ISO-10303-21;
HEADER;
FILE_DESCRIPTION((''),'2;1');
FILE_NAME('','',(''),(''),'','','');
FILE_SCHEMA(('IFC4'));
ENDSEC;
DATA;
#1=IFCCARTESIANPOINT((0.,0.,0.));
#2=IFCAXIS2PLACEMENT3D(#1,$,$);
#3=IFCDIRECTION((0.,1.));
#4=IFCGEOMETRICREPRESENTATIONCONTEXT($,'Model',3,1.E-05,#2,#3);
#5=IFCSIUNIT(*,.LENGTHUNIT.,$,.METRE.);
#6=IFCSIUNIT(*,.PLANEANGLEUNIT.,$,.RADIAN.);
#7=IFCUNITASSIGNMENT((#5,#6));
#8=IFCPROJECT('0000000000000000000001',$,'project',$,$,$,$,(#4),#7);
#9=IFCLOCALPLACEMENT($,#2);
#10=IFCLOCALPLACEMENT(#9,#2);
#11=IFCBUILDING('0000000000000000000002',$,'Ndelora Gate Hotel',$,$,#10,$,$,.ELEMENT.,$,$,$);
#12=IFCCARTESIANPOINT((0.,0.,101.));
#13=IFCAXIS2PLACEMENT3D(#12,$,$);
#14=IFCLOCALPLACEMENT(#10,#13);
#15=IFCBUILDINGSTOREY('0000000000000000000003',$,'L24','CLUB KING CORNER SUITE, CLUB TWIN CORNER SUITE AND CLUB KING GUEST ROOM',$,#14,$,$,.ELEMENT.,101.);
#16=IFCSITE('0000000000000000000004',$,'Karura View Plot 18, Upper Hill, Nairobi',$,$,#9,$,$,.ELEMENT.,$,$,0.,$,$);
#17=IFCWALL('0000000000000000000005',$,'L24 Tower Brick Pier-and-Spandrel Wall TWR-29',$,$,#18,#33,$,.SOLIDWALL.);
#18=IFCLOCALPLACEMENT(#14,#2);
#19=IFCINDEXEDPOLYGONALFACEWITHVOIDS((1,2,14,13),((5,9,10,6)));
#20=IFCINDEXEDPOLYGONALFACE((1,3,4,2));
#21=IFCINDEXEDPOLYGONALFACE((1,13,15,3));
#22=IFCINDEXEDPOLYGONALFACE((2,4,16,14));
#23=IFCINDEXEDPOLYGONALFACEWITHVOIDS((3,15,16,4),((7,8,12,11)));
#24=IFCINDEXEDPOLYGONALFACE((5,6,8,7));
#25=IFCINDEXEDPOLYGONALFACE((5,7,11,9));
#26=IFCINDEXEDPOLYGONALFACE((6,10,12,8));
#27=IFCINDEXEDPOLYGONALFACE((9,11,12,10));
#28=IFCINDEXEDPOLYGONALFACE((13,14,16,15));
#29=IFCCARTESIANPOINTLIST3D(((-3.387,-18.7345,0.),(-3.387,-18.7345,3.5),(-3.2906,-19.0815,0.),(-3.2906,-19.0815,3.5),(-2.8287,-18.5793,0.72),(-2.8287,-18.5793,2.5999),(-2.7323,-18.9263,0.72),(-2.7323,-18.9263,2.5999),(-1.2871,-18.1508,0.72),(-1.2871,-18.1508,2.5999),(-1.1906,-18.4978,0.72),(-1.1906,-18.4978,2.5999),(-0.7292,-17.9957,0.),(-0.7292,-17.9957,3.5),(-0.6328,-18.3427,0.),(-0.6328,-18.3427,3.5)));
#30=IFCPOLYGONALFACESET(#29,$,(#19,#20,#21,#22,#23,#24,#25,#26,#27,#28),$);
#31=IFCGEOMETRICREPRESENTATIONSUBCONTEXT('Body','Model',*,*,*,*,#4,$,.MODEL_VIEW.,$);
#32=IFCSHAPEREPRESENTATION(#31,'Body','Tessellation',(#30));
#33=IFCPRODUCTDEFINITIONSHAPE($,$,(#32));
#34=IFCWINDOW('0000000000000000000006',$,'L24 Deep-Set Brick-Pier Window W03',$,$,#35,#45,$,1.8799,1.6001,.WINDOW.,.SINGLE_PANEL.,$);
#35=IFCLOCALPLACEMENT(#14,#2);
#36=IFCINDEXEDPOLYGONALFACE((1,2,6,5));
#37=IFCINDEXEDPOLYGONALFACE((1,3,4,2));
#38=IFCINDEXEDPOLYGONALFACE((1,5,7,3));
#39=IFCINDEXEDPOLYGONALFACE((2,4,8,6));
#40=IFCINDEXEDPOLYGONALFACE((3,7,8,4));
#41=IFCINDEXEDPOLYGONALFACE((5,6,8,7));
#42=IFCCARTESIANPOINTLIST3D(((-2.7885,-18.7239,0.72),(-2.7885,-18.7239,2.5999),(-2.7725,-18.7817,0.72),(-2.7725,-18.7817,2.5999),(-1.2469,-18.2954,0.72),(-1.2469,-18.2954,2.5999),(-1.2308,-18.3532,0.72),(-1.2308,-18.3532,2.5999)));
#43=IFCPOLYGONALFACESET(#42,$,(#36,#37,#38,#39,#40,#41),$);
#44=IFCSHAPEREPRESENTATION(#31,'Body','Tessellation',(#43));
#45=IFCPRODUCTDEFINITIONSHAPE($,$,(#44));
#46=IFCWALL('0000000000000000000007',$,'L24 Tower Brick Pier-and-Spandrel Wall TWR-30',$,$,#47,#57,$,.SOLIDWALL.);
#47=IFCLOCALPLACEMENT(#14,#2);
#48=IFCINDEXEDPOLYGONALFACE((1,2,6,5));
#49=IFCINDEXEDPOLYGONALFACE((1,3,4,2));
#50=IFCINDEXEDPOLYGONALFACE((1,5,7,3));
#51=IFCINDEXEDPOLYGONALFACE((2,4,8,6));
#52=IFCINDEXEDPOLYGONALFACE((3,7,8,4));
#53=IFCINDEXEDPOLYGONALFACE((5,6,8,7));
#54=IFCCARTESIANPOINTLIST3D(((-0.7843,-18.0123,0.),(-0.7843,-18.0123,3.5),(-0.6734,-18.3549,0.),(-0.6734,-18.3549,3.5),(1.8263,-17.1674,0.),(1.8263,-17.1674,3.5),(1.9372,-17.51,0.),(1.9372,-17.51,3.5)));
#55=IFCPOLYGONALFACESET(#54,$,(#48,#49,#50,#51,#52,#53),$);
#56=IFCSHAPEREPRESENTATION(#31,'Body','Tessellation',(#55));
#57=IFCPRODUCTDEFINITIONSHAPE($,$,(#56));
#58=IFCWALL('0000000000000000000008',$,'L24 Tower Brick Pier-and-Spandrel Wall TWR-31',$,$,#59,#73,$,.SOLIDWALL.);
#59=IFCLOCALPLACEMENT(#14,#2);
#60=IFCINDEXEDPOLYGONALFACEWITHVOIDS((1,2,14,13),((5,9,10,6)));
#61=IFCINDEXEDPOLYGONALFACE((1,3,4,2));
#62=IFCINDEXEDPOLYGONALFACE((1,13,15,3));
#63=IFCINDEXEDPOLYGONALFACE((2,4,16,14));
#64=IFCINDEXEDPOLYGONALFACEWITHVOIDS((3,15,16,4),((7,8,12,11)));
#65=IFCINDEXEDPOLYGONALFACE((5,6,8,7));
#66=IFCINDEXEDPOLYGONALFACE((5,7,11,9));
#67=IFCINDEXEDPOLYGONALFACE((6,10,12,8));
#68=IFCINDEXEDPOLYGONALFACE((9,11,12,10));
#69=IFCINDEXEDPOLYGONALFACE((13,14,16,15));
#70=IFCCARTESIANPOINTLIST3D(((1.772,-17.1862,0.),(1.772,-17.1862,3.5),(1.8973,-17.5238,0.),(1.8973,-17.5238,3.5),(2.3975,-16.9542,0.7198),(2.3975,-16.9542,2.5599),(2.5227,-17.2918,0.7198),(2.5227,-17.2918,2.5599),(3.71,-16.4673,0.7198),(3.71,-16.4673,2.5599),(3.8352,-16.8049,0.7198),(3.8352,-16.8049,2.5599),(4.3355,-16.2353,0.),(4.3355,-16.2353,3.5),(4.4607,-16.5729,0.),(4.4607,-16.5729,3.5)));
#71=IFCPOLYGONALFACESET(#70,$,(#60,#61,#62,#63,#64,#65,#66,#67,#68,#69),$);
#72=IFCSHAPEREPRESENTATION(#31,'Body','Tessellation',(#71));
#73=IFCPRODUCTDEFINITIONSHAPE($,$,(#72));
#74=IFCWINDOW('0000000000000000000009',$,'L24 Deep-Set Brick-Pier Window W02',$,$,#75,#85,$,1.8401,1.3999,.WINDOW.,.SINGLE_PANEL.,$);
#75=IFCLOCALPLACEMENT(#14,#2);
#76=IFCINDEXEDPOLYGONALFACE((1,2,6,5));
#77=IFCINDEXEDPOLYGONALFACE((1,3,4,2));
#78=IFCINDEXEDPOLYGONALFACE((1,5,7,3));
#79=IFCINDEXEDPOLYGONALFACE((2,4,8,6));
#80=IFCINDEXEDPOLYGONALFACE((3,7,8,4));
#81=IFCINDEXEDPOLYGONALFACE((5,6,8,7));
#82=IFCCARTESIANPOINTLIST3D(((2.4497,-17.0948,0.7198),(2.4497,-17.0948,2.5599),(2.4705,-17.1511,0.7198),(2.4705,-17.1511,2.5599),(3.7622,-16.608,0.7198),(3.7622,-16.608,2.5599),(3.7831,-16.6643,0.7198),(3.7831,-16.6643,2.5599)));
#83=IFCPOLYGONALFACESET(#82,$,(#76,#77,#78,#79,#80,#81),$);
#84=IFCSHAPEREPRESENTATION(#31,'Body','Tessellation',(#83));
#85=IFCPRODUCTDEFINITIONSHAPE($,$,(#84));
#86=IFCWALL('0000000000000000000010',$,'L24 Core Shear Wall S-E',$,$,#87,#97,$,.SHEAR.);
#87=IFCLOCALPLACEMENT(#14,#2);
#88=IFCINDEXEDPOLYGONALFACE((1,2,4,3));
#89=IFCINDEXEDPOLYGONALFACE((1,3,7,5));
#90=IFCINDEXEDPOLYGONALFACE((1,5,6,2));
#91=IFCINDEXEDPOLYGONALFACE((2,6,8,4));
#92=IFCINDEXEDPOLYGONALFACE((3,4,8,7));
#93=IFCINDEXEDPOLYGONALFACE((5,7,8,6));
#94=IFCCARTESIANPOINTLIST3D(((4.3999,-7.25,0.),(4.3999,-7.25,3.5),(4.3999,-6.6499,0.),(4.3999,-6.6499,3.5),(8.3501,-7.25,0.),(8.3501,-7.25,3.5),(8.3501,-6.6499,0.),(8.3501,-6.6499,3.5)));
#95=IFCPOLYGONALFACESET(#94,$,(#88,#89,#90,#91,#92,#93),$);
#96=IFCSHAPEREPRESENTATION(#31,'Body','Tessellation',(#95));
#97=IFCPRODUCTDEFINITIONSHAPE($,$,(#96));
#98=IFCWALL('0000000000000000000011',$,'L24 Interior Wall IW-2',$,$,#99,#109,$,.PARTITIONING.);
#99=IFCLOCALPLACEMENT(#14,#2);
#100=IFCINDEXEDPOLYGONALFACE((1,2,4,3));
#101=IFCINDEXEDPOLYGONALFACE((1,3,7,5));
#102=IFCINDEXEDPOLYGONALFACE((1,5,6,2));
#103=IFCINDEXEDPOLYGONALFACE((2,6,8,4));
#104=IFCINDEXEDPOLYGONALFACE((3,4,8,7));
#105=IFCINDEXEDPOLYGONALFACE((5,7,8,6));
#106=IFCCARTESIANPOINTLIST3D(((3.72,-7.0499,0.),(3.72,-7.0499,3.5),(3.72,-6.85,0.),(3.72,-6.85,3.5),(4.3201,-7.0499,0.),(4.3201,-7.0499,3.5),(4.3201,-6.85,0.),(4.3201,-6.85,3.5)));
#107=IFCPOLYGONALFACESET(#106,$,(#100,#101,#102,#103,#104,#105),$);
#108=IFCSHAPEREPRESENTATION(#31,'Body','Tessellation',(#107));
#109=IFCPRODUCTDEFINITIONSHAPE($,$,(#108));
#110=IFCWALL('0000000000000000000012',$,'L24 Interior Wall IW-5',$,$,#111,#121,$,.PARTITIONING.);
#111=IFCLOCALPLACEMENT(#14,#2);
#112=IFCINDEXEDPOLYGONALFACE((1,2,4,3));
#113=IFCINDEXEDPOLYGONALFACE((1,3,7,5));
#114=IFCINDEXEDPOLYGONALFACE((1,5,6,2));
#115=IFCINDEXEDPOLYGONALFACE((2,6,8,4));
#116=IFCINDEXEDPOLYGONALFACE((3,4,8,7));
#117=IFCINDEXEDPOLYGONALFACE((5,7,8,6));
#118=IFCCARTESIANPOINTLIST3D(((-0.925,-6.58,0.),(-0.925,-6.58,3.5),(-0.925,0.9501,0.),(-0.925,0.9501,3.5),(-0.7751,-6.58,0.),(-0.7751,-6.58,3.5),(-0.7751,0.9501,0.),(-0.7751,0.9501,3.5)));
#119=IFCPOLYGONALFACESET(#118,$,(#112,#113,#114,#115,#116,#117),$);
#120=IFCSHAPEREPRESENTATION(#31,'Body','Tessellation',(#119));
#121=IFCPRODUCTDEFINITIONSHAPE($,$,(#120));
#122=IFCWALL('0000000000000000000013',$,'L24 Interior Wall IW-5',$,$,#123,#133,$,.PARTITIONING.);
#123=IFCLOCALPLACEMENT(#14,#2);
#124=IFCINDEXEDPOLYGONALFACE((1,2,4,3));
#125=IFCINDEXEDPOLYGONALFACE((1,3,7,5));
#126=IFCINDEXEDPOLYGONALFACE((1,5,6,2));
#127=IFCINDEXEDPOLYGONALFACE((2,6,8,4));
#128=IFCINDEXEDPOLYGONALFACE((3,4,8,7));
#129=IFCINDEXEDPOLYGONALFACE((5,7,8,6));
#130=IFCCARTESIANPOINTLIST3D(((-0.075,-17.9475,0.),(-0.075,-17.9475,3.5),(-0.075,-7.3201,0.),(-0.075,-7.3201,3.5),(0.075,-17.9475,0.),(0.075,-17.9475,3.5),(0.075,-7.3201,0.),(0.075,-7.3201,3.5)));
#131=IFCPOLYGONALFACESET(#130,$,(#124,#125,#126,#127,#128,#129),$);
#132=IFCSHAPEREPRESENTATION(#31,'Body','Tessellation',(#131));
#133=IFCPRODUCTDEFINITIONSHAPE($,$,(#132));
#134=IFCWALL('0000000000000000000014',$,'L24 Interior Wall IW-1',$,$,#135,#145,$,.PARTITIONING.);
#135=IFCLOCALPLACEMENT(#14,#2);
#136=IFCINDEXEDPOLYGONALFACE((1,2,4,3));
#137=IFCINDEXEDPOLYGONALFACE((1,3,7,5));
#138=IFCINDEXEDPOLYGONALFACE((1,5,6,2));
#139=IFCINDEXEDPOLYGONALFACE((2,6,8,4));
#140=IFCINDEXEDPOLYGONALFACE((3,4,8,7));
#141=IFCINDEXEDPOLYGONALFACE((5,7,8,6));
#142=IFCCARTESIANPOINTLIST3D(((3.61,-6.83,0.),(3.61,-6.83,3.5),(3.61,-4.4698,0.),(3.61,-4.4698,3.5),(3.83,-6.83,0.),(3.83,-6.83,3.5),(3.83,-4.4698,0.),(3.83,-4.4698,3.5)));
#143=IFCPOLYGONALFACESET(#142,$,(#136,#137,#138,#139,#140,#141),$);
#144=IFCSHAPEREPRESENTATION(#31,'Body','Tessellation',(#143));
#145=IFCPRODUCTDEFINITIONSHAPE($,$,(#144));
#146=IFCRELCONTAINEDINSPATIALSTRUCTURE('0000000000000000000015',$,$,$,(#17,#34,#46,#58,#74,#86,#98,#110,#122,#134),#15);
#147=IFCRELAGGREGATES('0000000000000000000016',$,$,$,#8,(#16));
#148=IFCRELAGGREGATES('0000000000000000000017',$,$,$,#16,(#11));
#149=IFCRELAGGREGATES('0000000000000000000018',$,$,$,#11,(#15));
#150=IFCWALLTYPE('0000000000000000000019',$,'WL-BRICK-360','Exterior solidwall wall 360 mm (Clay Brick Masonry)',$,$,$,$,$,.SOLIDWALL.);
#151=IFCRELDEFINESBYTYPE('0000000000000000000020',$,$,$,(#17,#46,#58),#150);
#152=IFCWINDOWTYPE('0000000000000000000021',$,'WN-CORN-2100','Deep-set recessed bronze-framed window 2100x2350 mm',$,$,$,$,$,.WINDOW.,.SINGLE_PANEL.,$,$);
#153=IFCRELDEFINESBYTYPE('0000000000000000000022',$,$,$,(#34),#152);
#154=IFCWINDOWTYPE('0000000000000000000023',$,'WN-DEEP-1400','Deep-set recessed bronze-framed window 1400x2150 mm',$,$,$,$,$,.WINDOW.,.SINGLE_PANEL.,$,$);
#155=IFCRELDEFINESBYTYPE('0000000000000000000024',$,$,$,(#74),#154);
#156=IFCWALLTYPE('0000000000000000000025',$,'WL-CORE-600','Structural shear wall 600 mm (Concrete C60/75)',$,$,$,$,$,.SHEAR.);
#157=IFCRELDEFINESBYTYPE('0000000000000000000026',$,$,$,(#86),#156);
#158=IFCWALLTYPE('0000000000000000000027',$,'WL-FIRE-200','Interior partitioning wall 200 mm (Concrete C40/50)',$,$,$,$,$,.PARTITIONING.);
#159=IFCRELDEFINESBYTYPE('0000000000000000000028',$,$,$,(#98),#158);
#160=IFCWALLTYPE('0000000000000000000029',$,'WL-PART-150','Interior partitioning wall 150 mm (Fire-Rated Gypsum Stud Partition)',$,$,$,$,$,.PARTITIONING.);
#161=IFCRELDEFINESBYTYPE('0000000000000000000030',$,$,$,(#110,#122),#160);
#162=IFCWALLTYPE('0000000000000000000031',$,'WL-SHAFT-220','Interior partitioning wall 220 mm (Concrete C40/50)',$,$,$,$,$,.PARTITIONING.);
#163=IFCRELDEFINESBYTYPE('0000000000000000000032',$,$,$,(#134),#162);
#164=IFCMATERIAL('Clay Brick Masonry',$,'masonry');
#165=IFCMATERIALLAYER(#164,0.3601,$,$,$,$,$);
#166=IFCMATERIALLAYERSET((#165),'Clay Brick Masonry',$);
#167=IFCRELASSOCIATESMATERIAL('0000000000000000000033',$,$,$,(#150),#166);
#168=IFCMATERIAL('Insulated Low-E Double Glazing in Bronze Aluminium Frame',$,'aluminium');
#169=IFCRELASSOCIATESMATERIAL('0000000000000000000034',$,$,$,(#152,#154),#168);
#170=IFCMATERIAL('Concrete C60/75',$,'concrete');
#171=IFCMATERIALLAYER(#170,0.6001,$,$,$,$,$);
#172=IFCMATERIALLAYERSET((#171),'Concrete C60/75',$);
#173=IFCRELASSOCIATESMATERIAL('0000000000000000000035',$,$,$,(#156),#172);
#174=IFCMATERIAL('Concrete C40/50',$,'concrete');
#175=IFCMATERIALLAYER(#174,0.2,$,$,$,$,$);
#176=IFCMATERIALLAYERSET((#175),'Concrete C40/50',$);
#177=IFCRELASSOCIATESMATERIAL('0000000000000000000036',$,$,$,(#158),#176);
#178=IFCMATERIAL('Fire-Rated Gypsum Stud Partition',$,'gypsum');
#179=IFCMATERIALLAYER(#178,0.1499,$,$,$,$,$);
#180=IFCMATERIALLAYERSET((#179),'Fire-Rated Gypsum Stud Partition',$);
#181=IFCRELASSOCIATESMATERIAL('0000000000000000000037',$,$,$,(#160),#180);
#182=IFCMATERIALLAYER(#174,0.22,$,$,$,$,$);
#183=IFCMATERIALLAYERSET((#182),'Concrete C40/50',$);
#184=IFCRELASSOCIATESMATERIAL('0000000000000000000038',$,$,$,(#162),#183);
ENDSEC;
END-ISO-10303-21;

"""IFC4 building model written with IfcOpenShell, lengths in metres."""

from ifc_helpers import new_model, si_unit, direction, frame, frame_2d, origin, place, context, subcontext, project, spatial, rectangle, extrude, material, layer, layer_set, type_object, element, fill, save


model = new_model("IFC4")

# Units and contexts
model_context = context("Model", 3, precision=1e-05, world=origin(), true_north=direction((0.0, 1.0)))
body_context = subcontext(model_context, "Body", "Model", "MODEL_VIEW")
ifc_project = project(units=[si_unit("LENGTHUNIT", "METRE"), si_unit("PLANEANGLEUNIT", "RADIAN")], contexts=[model_context])

# Site, building, storey
site_placement = place(None, origin())
site = spatial("IfcSite", under=ifc_project, at=site_placement, Name="Karura View Plot 18, Upper Hill, Nairobi", CompositionType="ELEMENT", RefElevation=0.0)
building_placement = place(site_placement, origin())
building = spatial("IfcBuilding", under=site, at=building_placement, Name="Ndelora Gate Hotel", CompositionType="ELEMENT")
storey_placement = place(building_placement, frame((0.0, 0.0, 101.0)))
storey = spatial("IfcBuildingStorey", under=building, at=storey_placement, Name="L24", Description="CLUB KING CORNER SUITE, CLUB TWIN CORNER SUITE AND CLUB KING GUEST ROOM", CompositionType="ELEMENT", Elevation=101.0)

# Shared definitions
ifc_material_1 = material(Name="Concrete C60/75", Category="concrete")

# Wall, opening, window
ifc_material_2 = material(Name="Clay Brick Masonry", Category="masonry")
ifc_layer_1 = layer(ifc_material_2, 0.3601)
ifc_layer_set_1 = layer_set([ifc_layer_1], Name="Clay Brick Masonry")
wall_type_1 = type_object("IfcWallType", Name="WL-BRICK-360", Description="Exterior solidwall wall 360 mm (Clay Brick Masonry)", PredefinedType="SOLIDWALL", material=ifc_layer_set_1)
ifc_material_3 = material(Name="Insulated Low-E Double Glazing in Bronze Aluminium Frame", Category="aluminium")
wall_1_placement = place(storey_placement, frame((-0.6809, -18.1692, 0.0), z_axis=(0.0, 0.0, 1.0), x_axis=(-0.96347, -0.267817, 0.0)))
wall_1 = element("IfcWall", 1, at=wall_1_placement, inside=storey, type_object=wall_type_1, Name="L24 Tower Brick Pier-and-Spandrel Wall TWR-29", PredefinedType="SOLIDWALL", context=body_context, shape_type="SweptSolid", body=[
    extrude(rectangle(XDim=2.7585, YDim=0.3601, at=frame_2d((1.3794, 0.0))), origin(), (0.0, 0.0, 1.0), 3.5),
])
opening_1_placement = place(wall_1_placement, frame((0.5791, 0.0, 0.72)))
opening_1 = element("IfcOpeningElement", 2, at=opening_1_placement, cuts=wall_1, PredefinedType="OPENING", context=body_context, shape_type="SweptSolid", body=[
    extrude(rectangle(XDim=1.6001, YDim=1.8799, at=frame_2d((0.8, 0.9399))), frame((0.0, 0.1899, 0.0), z_axis=(0.0, -1.0, 0.0), x_axis=(1.0, 0.0, 0.0)), (0.0, 0.0, 1.0), 0.3801),
])
window_type_1 = type_object("IfcWindowType", Name="WN-CORN-2100", Description="Deep-set recessed bronze-framed window 2100x2350 mm", PartitioningType="SINGLE_PANEL", PredefinedType="WINDOW", material=ifc_material_3)
window_1_placement = place(opening_1_placement, origin())
window_1 = element("IfcWindow", 3, at=window_1_placement, inside=storey, type_object=window_type_1, Name="L24 Deep-Set Brick-Pier Window W03", OverallHeight=1.8799, OverallWidth=1.6001, PartitioningType="SINGLE_PANEL", PredefinedType="WINDOW", context=body_context, shape_type="SweptSolid", body=[
    extrude(rectangle(XDim=1.6001, YDim=1.8799, at=frame_2d((0.8, 0.9399))), frame((0.0, 0.03, 0.0), z_axis=(0.0, -1.0, 0.0), x_axis=(1.0, 0.0, 0.0)), (0.0, 0.0, 1.0), 0.0601),
])
fill(opening_1, window_1)

# Wall
wall_2_placement = place(storey_placement, frame((1.8818, -17.3386, 0.0), z_axis=(0.0, 0.0, 1.0), x_axis=(-0.951405, -0.307941, 0.0)))
element("IfcWall", 4, at=wall_2_placement, inside=storey, type_object=wall_type_1, Name="L24 Tower Brick Pier-and-Spandrel Wall TWR-30", PredefinedType="SOLIDWALL", context=body_context, shape_type="SweptSolid", body=[
    extrude(rectangle(XDim=2.7439, YDim=0.3601, at=frame_2d((1.3721, 0.0))), origin(), (0.0, 0.0, 1.0), 3.5),
])

# Wall, opening, window
wall_3_placement = place(storey_placement, frame((4.3982, -16.4041, 0.0), z_axis=(0.0, 0.0, 1.0), x_axis=(-0.937571, -0.347794, 0.0)))
wall_3 = element("IfcWall", 5, at=wall_3_placement, inside=storey, type_object=wall_type_1, Name="L24 Tower Brick Pier-and-Spandrel Wall TWR-31", PredefinedType="SOLIDWALL", context=body_context, shape_type="SweptSolid", body=[
    extrude(rectangle(XDim=2.7341, YDim=0.3601, at=frame_2d((1.3672, 0.0))), origin(), (0.0, 0.0, 1.0), 3.5),
])
opening_2_placement = place(wall_3_placement, frame((0.6672, 0.0, 0.72)))
opening_2 = element("IfcOpeningElement", 6, at=opening_2_placement, cuts=wall_3, PredefinedType="OPENING", context=body_context, shape_type="SweptSolid", body=[
    extrude(rectangle(XDim=1.3999, YDim=1.8401, at=frame_2d((0.7, 0.9199))), frame((0.0, 0.1899, 0.0), z_axis=(0.0, -1.0, 0.0), x_axis=(1.0, 0.0, 0.0)), (0.0, 0.0, 1.0), 0.3801),
])
window_type_2 = type_object("IfcWindowType", Name="WN-DEEP-1400", Description="Deep-set recessed bronze-framed window 1400x2150 mm", PartitioningType="SINGLE_PANEL", PredefinedType="WINDOW", material=ifc_material_3)
window_2_placement = place(opening_2_placement, origin())
window_2 = element("IfcWindow", 7, at=window_2_placement, inside=storey, type_object=window_type_2, Name="L24 Deep-Set Brick-Pier Window W02", OverallHeight=1.8401, OverallWidth=1.3999, PartitioningType="SINGLE_PANEL", PredefinedType="WINDOW", context=body_context, shape_type="SweptSolid", body=[
    extrude(rectangle(XDim=1.3999, YDim=1.8401, at=frame_2d((0.7, 0.9199))), frame((0.0, 0.03, 0.0), z_axis=(0.0, -1.0, 0.0), x_axis=(1.0, 0.0, 0.0)), (0.0, 0.0, 1.0), 0.0601),
])
fill(opening_2, window_2)

# Walls
ifc_layer_2 = layer(ifc_material_1, 0.6001)
ifc_layer_set_2 = layer_set([ifc_layer_2], Name="Concrete C60/75")
wall_type_2 = type_object("IfcWallType", Name="WL-CORE-600", Description="Structural shear wall 600 mm (Concrete C60/75)", PredefinedType="SHEAR", material=ifc_layer_set_2)
wall_4_placement = place(storey_placement, frame((4.3999, -6.95, 0.0), z_axis=(0.0, 0.0, 1.0), x_axis=(1.0, 0.0, 0.0)))
element("IfcWall", 8, at=wall_4_placement, inside=storey, type_object=wall_type_2, Name="L24 Core Shear Wall S-E", PredefinedType="SHEAR", context=body_context, shape_type="SweptSolid", body=[
    extrude(rectangle(XDim=3.9502, YDim=0.6001, at=frame_2d((1.9751, 0.0))), origin(), (0.0, 0.0, 1.0), 3.5),
])
ifc_material_4 = material(Name="Concrete C40/50", Category="concrete")
ifc_layer_3 = layer(ifc_material_4, 0.2)
ifc_layer_set_3 = layer_set([ifc_layer_3], Name="Concrete C40/50")
wall_type_3 = type_object("IfcWallType", Name="WL-FIRE-200", Description="Interior partitioning wall 200 mm (Concrete C40/50)", PredefinedType="PARTITIONING", material=ifc_layer_set_3)
wall_5_placement = place(storey_placement, frame((3.72, -6.95, 0.0), z_axis=(0.0, 0.0, 1.0), x_axis=(1.0, 0.0, 0.0)))
element("IfcWall", 9, at=wall_5_placement, inside=storey, type_object=wall_type_3, Name="L24 Interior Wall IW-2", PredefinedType="PARTITIONING", context=body_context, shape_type="SweptSolid", body=[
    extrude(rectangle(XDim=0.6001, YDim=0.2, at=frame_2d((0.3, 0.0))), origin(), (0.0, 0.0, 1.0), 3.5),
])
ifc_material_5 = material(Name="Fire-Rated Gypsum Stud Partition", Category="gypsum")
ifc_layer_4 = layer(ifc_material_5, 0.1499)
ifc_layer_set_4 = layer_set([ifc_layer_4], Name="Fire-Rated Gypsum Stud Partition")
wall_type_4 = type_object("IfcWallType", Name="WL-PART-150", Description="Interior partitioning wall 150 mm (Fire-Rated Gypsum Stud Partition)", PredefinedType="PARTITIONING", material=ifc_layer_set_4)
wall_6_placement = place(storey_placement, frame((-0.8501, -6.5801, 0.0), z_axis=(0.0, 0.0, 1.0), x_axis=(0.0, 1.0, 0.0)))
element("IfcWall", 10, at=wall_6_placement, inside=storey, type_object=wall_type_4, Name="L24 Interior Wall IW-5", PredefinedType="PARTITIONING", context=body_context, shape_type="SweptSolid", body=[
    extrude(rectangle(XDim=7.53, YDim=0.1499, at=frame_2d((3.7651, 0.0))), origin(), (0.0, 0.0, 1.0), 3.5),
])
wall_7_placement = place(storey_placement, frame((0.0, -7.3201, 0.0), z_axis=(0.0, 0.0, 1.0), x_axis=(0.0, -1.0, 0.0)))
element("IfcWall", 11, at=wall_7_placement, inside=storey, type_object=wall_type_4, Name="L24 Interior Wall IW-5", PredefinedType="PARTITIONING", context=body_context, shape_type="SweptSolid", body=[
    extrude(rectangle(XDim=10.6274, YDim=0.1499, at=frame_2d((5.3137, 0.0))), origin(), (0.0, 0.0, 1.0), 3.5),
])

# Shared definitions
ifc_layer_5 = layer(ifc_material_4, 0.22)
ifc_layer_set_5 = layer_set([ifc_layer_5], Name="Concrete C40/50")
wall_type_5 = type_object("IfcWallType", Name="WL-SHAFT-220", Description="Interior partitioning wall 220 mm (Concrete C40/50)", PredefinedType="PARTITIONING", material=ifc_layer_set_5)

# Wall
wall_8_placement = place(storey_placement, frame((3.72, -6.8301, 0.0), z_axis=(0.0, 0.0, 1.0), x_axis=(0.0, 1.0, 0.0)))
element("IfcWall", 12, at=wall_8_placement, inside=storey, type_object=wall_type_5, Name="L24 Interior Wall IW-1", PredefinedType="PARTITIONING", context=body_context, shape_type="SweptSolid", body=[
    extrude(rectangle(XDim=2.3601, YDim=0.22, at=frame_2d((1.1802, 0.0))), origin(), (0.0, 0.0, 1.0), 3.5),
])

save(model, "model.ifc")
